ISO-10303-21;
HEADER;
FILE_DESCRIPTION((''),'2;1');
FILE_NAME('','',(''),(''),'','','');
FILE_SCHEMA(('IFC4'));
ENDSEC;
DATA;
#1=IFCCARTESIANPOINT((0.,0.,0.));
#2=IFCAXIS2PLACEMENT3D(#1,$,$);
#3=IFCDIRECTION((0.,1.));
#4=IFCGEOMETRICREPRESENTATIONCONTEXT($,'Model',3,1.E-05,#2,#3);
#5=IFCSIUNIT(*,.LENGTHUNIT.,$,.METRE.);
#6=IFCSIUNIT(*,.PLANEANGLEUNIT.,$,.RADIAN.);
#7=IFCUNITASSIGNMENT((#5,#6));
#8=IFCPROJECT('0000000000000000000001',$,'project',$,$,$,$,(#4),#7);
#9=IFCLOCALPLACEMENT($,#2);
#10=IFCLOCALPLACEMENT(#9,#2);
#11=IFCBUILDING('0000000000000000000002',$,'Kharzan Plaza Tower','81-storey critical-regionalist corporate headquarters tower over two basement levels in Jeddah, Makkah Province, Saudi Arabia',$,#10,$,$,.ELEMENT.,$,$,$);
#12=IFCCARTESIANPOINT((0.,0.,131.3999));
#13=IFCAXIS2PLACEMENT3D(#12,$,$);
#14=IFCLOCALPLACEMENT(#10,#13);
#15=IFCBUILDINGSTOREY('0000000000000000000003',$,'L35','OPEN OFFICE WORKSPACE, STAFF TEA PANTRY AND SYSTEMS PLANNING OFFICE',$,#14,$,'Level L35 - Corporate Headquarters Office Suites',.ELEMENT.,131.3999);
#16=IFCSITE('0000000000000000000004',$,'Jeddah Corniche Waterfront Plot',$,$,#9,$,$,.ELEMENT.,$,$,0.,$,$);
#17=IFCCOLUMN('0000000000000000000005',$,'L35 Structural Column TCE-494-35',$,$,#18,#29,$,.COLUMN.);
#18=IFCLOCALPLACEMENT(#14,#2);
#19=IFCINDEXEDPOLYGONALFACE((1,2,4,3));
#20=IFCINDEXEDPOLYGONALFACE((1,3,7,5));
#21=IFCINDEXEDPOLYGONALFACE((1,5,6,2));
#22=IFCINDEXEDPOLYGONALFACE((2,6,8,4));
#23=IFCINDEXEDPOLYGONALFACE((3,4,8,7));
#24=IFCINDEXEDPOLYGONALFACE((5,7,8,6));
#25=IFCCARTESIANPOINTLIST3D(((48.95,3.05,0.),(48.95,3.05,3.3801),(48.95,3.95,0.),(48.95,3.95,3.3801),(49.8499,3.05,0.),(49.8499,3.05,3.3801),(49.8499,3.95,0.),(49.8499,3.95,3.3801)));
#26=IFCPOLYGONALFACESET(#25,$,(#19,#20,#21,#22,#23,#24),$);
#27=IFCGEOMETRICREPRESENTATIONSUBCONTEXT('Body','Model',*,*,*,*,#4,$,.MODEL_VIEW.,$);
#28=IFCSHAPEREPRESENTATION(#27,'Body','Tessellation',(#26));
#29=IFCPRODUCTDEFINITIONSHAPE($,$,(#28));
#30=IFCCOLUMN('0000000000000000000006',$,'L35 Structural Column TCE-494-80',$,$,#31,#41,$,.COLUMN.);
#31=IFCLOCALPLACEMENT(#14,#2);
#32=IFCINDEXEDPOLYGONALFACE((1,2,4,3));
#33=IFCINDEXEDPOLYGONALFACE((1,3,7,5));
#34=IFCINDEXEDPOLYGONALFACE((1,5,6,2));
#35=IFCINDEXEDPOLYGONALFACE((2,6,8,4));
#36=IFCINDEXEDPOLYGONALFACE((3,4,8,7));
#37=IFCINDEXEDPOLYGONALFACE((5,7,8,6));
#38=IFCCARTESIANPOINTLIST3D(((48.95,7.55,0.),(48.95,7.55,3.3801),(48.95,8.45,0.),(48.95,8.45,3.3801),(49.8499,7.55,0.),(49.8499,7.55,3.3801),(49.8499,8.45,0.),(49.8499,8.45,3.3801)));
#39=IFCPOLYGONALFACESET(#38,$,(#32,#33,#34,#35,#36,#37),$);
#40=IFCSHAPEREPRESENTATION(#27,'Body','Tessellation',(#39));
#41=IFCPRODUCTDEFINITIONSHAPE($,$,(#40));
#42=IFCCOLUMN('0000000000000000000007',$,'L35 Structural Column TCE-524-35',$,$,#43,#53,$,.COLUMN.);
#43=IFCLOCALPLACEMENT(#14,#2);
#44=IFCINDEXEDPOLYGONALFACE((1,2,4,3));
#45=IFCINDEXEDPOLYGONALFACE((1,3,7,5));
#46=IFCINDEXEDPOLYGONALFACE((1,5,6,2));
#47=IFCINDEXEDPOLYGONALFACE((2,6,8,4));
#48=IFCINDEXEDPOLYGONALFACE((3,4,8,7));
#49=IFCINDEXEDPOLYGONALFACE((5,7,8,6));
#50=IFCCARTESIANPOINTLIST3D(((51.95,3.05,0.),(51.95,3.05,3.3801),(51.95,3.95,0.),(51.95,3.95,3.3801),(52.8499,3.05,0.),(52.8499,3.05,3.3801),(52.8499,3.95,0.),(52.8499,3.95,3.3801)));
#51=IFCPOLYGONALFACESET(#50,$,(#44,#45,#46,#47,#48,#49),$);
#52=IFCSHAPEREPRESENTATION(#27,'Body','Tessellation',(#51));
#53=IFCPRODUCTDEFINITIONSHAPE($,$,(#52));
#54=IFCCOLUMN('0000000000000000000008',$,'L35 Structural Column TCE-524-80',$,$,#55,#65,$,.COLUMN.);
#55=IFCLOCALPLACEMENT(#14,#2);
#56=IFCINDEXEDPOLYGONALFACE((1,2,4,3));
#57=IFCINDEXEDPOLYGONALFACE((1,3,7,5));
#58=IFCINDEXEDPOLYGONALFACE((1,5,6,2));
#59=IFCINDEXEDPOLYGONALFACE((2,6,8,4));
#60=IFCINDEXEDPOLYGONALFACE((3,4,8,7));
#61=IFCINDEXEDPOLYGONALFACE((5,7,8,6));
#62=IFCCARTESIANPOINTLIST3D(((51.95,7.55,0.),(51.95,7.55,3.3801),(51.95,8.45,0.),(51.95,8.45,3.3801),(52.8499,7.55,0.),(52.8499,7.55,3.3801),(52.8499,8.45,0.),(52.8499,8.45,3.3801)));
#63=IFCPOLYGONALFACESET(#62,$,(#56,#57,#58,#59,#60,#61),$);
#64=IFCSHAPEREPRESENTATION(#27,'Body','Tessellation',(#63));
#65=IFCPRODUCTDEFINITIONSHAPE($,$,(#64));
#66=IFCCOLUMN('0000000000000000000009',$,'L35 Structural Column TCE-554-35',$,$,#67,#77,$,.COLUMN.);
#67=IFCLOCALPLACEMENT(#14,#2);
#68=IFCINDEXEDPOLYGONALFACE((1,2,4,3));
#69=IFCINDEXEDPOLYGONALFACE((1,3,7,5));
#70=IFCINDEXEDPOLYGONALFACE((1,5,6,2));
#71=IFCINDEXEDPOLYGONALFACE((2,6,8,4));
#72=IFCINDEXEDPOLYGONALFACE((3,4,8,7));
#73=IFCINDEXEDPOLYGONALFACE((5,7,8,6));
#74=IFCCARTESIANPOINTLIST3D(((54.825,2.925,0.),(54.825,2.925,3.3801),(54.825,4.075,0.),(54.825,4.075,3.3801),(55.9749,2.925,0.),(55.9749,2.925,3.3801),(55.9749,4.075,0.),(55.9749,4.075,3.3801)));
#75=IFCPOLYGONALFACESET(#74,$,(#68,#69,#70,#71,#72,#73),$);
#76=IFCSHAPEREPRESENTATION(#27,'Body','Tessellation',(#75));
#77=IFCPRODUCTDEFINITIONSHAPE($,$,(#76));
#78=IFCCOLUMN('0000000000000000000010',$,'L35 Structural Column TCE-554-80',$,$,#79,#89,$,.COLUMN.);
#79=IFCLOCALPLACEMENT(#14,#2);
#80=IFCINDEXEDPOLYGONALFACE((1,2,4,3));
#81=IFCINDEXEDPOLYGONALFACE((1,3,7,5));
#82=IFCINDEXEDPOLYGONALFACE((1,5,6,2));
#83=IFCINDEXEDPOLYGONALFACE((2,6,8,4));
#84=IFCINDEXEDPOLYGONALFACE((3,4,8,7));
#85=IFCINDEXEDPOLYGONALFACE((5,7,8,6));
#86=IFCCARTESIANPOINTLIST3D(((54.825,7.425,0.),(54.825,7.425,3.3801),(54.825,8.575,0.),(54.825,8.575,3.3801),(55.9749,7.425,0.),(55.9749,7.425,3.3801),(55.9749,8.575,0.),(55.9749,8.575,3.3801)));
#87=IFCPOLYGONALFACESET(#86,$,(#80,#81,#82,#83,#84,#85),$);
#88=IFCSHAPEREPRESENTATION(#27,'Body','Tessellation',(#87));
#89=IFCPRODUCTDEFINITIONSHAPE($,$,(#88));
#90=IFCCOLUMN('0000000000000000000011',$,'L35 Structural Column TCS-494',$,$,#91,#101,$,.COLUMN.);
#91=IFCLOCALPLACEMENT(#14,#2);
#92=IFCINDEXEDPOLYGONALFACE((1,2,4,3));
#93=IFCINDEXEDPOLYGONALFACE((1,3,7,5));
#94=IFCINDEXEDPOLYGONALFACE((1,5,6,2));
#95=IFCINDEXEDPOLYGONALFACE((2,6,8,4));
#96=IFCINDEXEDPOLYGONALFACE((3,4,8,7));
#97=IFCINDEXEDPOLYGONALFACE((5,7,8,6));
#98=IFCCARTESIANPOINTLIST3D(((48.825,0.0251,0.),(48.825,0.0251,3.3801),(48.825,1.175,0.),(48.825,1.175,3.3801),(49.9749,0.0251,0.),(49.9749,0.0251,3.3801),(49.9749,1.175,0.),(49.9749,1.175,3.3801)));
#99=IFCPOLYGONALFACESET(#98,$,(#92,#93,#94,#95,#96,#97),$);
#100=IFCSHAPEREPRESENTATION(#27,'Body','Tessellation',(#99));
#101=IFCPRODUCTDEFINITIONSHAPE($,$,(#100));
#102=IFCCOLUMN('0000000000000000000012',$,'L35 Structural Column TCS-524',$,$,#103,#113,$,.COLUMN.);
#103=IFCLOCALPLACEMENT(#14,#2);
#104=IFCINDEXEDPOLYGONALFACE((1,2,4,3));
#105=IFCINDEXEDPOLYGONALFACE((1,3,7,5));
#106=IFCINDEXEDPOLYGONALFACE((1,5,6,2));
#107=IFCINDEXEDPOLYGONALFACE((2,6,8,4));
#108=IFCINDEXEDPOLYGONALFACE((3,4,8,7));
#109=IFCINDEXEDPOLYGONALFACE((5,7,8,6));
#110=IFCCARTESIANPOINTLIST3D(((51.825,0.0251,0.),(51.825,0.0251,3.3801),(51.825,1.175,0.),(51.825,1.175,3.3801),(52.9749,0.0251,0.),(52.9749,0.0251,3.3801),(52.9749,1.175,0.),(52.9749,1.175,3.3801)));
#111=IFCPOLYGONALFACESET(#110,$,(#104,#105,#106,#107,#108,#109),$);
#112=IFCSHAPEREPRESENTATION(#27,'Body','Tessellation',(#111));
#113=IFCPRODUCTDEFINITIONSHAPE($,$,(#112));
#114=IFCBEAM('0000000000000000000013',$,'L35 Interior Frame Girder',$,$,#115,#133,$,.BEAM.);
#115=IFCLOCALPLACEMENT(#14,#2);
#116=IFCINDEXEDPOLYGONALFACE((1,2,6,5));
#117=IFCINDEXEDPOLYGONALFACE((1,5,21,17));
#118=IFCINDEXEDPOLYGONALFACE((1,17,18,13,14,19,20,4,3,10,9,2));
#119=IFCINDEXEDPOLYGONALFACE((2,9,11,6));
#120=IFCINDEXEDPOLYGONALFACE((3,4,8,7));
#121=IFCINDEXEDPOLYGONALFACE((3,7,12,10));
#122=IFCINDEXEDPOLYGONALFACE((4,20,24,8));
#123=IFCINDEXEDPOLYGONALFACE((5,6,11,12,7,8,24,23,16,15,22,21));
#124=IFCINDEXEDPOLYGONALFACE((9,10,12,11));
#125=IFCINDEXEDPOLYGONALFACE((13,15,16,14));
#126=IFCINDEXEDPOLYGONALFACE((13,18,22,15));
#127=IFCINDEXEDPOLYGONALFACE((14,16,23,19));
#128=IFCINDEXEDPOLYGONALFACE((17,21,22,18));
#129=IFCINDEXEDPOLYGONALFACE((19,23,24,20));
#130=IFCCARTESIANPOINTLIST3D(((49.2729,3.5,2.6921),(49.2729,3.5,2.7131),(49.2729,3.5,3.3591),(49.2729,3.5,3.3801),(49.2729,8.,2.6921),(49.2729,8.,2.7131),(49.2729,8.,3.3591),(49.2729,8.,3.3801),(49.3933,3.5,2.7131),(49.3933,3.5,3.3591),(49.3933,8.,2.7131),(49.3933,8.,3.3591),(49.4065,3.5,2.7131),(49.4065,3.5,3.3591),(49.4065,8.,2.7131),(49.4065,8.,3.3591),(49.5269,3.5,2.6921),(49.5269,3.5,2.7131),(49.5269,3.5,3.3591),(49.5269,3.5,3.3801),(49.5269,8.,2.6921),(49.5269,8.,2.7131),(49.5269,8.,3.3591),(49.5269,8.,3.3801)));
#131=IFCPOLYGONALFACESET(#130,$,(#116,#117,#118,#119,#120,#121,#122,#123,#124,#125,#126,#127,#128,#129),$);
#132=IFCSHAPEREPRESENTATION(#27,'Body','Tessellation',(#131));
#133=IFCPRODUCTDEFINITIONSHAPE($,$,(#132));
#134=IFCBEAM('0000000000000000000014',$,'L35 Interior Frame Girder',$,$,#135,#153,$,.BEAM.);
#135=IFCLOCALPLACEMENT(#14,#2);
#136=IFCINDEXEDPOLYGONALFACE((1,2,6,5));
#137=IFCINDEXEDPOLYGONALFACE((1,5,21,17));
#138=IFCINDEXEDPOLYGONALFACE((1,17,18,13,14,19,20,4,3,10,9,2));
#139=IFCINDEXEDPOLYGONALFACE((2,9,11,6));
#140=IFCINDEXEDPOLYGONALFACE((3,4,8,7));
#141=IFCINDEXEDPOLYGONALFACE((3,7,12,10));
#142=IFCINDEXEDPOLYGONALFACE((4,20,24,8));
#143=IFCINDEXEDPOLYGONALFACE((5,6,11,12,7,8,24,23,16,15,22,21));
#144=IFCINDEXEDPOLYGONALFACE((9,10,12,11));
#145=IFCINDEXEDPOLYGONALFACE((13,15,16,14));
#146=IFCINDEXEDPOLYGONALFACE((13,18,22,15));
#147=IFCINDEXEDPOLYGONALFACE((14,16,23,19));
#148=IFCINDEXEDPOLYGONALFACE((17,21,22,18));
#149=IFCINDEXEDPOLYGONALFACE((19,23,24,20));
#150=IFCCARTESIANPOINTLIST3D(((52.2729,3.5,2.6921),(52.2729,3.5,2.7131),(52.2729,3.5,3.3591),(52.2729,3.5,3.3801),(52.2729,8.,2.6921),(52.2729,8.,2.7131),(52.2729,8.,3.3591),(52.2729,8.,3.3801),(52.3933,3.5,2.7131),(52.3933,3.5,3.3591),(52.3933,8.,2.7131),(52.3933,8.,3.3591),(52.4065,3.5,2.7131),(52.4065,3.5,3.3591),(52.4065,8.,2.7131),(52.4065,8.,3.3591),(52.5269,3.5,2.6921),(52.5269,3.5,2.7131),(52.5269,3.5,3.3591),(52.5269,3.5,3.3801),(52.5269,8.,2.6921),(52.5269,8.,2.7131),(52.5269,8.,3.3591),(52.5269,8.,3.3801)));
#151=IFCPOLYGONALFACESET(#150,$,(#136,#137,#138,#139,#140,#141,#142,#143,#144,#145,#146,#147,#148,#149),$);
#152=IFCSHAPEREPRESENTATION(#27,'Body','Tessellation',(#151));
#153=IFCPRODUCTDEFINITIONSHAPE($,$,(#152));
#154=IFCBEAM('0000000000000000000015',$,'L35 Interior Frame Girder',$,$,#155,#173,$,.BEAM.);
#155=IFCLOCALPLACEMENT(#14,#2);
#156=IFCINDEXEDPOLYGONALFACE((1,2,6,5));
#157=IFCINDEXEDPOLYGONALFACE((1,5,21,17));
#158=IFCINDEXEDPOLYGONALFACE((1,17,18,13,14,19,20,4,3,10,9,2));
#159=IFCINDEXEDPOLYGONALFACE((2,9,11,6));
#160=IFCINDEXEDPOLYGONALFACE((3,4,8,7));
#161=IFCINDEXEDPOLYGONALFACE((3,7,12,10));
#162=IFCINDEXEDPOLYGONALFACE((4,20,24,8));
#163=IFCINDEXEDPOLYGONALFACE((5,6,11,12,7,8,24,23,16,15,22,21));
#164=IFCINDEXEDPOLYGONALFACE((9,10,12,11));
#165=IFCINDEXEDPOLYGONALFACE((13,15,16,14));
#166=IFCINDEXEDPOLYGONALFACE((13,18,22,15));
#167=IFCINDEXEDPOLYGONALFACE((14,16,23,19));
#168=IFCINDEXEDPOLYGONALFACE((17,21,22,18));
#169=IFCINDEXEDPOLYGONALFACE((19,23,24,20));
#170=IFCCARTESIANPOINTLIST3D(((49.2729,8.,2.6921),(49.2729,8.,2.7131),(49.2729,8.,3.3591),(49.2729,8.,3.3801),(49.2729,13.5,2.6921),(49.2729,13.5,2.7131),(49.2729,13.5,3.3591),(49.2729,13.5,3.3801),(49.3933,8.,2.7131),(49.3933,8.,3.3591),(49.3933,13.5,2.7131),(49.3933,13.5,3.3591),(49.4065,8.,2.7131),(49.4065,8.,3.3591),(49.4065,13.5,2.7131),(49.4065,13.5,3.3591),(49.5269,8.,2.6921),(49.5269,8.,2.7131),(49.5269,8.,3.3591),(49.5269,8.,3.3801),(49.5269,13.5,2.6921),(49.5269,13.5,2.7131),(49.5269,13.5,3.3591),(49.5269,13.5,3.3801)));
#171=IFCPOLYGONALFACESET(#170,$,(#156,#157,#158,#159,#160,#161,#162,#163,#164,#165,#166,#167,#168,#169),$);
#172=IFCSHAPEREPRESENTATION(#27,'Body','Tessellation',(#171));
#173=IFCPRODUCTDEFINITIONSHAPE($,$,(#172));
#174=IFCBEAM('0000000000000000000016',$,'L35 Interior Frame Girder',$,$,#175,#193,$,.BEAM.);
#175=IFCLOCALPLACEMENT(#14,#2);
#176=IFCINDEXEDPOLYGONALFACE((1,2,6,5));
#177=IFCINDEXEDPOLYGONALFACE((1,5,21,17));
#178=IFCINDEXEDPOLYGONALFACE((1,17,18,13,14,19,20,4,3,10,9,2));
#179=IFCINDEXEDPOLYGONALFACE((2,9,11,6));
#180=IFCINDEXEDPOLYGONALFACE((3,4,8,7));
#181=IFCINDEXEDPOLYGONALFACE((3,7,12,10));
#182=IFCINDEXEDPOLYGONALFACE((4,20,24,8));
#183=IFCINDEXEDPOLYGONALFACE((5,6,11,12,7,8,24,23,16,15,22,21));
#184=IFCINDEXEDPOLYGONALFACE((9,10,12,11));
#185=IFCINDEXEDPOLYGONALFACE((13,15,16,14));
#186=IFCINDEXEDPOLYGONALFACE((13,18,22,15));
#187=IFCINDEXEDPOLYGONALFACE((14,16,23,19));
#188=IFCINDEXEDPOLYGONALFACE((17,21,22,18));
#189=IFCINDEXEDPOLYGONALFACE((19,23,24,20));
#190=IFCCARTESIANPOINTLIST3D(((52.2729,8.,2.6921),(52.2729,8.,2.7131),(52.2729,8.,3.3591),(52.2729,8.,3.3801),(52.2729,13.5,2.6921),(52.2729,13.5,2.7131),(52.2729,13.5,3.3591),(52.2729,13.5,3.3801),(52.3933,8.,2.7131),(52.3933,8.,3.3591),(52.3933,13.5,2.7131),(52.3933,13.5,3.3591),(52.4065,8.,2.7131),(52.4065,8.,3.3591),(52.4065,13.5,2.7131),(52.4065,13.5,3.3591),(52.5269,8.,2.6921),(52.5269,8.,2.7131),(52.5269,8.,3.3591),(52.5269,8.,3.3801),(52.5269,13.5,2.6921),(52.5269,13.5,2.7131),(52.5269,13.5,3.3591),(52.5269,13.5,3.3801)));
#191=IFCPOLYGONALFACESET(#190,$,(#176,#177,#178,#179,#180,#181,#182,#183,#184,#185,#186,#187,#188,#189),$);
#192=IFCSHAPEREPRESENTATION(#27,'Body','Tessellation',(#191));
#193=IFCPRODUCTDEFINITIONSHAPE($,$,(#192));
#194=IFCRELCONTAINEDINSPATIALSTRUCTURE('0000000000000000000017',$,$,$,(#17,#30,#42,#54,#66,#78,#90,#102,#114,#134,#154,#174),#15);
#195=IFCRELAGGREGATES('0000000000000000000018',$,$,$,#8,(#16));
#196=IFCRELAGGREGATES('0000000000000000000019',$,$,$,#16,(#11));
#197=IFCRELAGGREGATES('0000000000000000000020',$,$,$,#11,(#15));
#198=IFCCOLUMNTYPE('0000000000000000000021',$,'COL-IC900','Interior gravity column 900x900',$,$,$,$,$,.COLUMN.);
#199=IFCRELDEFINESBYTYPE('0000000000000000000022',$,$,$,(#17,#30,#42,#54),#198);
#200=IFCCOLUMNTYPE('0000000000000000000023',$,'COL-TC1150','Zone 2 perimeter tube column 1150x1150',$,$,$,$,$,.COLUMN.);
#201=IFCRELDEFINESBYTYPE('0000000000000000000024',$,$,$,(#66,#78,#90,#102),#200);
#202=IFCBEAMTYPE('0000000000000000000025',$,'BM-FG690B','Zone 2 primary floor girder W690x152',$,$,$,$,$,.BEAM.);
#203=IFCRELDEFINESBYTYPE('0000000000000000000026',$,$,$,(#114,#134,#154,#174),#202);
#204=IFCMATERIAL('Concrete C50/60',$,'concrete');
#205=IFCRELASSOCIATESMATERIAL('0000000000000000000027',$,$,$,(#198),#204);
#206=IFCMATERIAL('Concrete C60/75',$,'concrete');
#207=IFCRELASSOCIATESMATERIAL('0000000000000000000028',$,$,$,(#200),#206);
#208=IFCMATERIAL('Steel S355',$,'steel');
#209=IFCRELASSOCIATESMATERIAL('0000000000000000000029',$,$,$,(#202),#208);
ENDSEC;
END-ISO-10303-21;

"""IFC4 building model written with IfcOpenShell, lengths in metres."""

from ifc_helpers import new_model, si_unit, direction, frame, origin, origin_2d, place, context, subcontext, project, spatial, rectangle, i_section, extrude, source, transform, mapped, material, material_profile, profile_set, type_object, element, save


model = new_model("IFC4")

# Units and contexts
model_context = context("Model", 3, precision=1e-05, world=origin(), true_north=direction((0.0, 1.0)))
body_context = subcontext(model_context, "Body", "Model", "MODEL_VIEW")
ifc_project = project(units=[si_unit("LENGTHUNIT", "METRE"), si_unit("PLANEANGLEUNIT", "RADIAN")], contexts=[model_context])

# Site, building, storey
site_placement = place(None, origin())
site = spatial("IfcSite", under=ifc_project, at=site_placement, Name="Jeddah Corniche Waterfront Plot", CompositionType="ELEMENT", RefElevation=0.0)
building_placement = place(site_placement, origin())
building = spatial("IfcBuilding", under=site, at=building_placement, Name="Kharzan Plaza Tower", Description="81-storey critical-regionalist corporate headquarters tower over two basement levels in Jeddah, Makkah Province, Saudi Arabia", CompositionType="ELEMENT")
storey_placement = place(building_placement, frame((0.0, 0.0, 131.3999)))
storey = spatial("IfcBuildingStorey", under=building, at=storey_placement, Name="L35", Description="OPEN OFFICE WORKSPACE, STAFF TEA PANTRY AND SYSTEMS PLANNING OFFICE", LongName="Level L35 - Corporate Headquarters Office Suites", CompositionType="ELEMENT", Elevation=131.3999)

# Columns
ifc_material_1 = material(Name="Concrete C50/60", Category="concrete")
ifc_material_profile_1 = material_profile(ifc_material_1, rectangle(XDim=0.8999, YDim=0.8999, at=origin_2d()), Name="RC-IC900x900")
ifc_profile_set_1 = profile_set([ifc_material_profile_1], Name="Concrete C50/60")
column_type_1 = type_object("IfcColumnType", Name="COL-IC900", Description="Interior gravity column 900x900", PredefinedType="COLUMN", material=ifc_profile_set_1)
shared_shape_1 = source(origin(), body_context, "Body", "SweptSolid", [
    extrude(rectangle(XDim=0.8999, YDim=0.8999, at=origin_2d()), origin(), (0.0, 0.0, 1.0), 3.3801),
])
for number, where, z_axis, x_axis, name in (
    (1, (49.3999, 3.5, 0.0), (0.0, 0.0, 1.0), (1.0, 0.0, 0.0), "L35 Structural Column TCE-494-35"),
    (2, (49.3999, 8.0, 0.0), (0.0, 0.0, 1.0), (1.0, 0.0, 0.0), "L35 Structural Column TCE-494-80"),
    (3, (52.3999, 3.5, 0.0), (0.0, 0.0, 1.0), (1.0, 0.0, 0.0), "L35 Structural Column TCE-524-35"),
    (4, (52.3999, 8.0, 0.0), (0.0, 0.0, 1.0), (1.0, 0.0, 0.0), "L35 Structural Column TCE-524-80"),
):
    element("IfcColumn", number, at=place(storey_placement, frame(where, z_axis=z_axis, x_axis=x_axis)), inside=storey, type_object=column_type_1, Name=name, PredefinedType="COLUMN", context=body_context, shape_type="MappedRepresentation", body=[
        mapped(shared_shape_1, transform((0.0, 0.0, 0.0), x_axis=(1.0, 0.0, 0.0), y_axis=(0.0, 1.0, 0.0), z_axis=(0.0, 0.0, 1.0))),
    ])
ifc_material_2 = material(Name="Concrete C60/75", Category="concrete")
ifc_material_profile_2 = material_profile(ifc_material_2, rectangle(XDim=1.1499, YDim=1.1499, at=origin_2d()), Name="RC-TC1150x1150")
ifc_profile_set_2 = profile_set([ifc_material_profile_2], Name="Concrete C60/75")
column_type_2 = type_object("IfcColumnType", Name="COL-TC1150", Description="Zone 2 perimeter tube column 1150x1150", PredefinedType="COLUMN", material=ifc_profile_set_2)
shared_shape_2 = source(origin(), body_context, "Body", "SweptSolid", [
    extrude(rectangle(XDim=1.1499, YDim=1.1499, at=origin_2d()), origin(), (0.0, 0.0, 1.0), 3.3801),
])
for number, where, z_axis, x_axis, name in (
    (5, (55.3999, 3.5, 0.0), (0.0, 0.0, 1.0), (1.0, 0.0, 0.0), "L35 Structural Column TCE-554-35"),
    (6, (55.3999, 8.0, 0.0), (0.0, 0.0, 1.0), (1.0, 0.0, 0.0), "L35 Structural Column TCE-554-80"),
    (7, (49.3999, 0.6001, 0.0), (0.0, 0.0, 1.0), (1.0, 0.0, 0.0), "L35 Structural Column TCS-494"),
    (8, (52.3999, 0.6001, 0.0), (0.0, 0.0, 1.0), (1.0, 0.0, 0.0), "L35 Structural Column TCS-524"),
):
    element("IfcColumn", number, at=place(storey_placement, frame(where, z_axis=z_axis, x_axis=x_axis)), inside=storey, type_object=column_type_2, Name=name, PredefinedType="COLUMN", context=body_context, shape_type="MappedRepresentation", body=[
        mapped(shared_shape_2, transform((0.0, 0.0, 0.0), x_axis=(1.0, 0.0, 0.0), y_axis=(0.0, 1.0, 0.0), z_axis=(0.0, 0.0, 1.0))),
    ])

# Beams
ifc_material_3 = material(Name="Steel S355", Category="steel")
ifc_material_profile_3 = material_profile(ifc_material_3, i_section(OverallWidth=0.2539, OverallDepth=0.688, WebThickness=0.0132, FlangeThickness=0.021, at=origin_2d()), Name="W690x152")
ifc_profile_set_3 = profile_set([ifc_material_profile_3], Name="Steel S355")
beam_type_1 = type_object("IfcBeamType", Name="BM-FG690B", Description="Zone 2 primary floor girder W690x152", PredefinedType="BEAM", material=ifc_profile_set_3)
shared_shape_3 = source(origin(), body_context, "Body", "SweptSolid", [
    extrude(i_section(OverallWidth=0.2539, OverallDepth=0.688, WebThickness=0.0132, FlangeThickness=0.021, at=origin_2d()), origin(), (0.0, 0.0, 1.0), 4.5),
])
for number, where, z_axis, x_axis, name in (
    (9, (49.3999, 3.5, 3.0361), (0.0, 1.0, 0.0), (-1.0, 0.0, 0.0), "L35 Interior Frame Girder"),
    (10, (52.3999, 3.5, 3.0361), (0.0, 1.0, 0.0), (-1.0, 0.0, 0.0), "L35 Interior Frame Girder"),
):
    element("IfcBeam", number, at=place(storey_placement, frame(where, z_axis=z_axis, x_axis=x_axis)), inside=storey, type_object=beam_type_1, Name=name, PredefinedType="BEAM", context=body_context, shape_type="MappedRepresentation", body=[
        mapped(shared_shape_3, transform((0.0, 0.0, 0.0), x_axis=(1.0, 0.0, 0.0), y_axis=(0.0, 1.0, 0.0), z_axis=(0.0, 0.0, 1.0))),
    ])
shared_shape_4 = source(origin(), body_context, "Body", "SweptSolid", [
    extrude(i_section(OverallWidth=0.2539, OverallDepth=0.688, WebThickness=0.0132, FlangeThickness=0.021, at=origin_2d()), origin(), (0.0, 0.0, 1.0), 5.5),
])
for number, where, z_axis, x_axis, name in (
    (11, (49.3999, 8.0, 3.0361), (0.0, 1.0, 0.0), (-1.0, 0.0, 0.0), "L35 Interior Frame Girder"),
    (12, (52.3999, 8.0, 3.0361), (0.0, 1.0, 0.0), (-1.0, 0.0, 0.0), "L35 Interior Frame Girder"),
):
    element("IfcBeam", number, at=place(storey_placement, frame(where, z_axis=z_axis, x_axis=x_axis)), inside=storey, type_object=beam_type_1, Name=name, PredefinedType="BEAM", context=body_context, shape_type="MappedRepresentation", body=[
        mapped(shared_shape_4, transform((0.0, 0.0, 0.0), x_axis=(1.0, 0.0, 0.0), y_axis=(0.0, 1.0, 0.0), z_axis=(0.0, 0.0, 1.0))),
    ])

save(model, "model.ifc")
